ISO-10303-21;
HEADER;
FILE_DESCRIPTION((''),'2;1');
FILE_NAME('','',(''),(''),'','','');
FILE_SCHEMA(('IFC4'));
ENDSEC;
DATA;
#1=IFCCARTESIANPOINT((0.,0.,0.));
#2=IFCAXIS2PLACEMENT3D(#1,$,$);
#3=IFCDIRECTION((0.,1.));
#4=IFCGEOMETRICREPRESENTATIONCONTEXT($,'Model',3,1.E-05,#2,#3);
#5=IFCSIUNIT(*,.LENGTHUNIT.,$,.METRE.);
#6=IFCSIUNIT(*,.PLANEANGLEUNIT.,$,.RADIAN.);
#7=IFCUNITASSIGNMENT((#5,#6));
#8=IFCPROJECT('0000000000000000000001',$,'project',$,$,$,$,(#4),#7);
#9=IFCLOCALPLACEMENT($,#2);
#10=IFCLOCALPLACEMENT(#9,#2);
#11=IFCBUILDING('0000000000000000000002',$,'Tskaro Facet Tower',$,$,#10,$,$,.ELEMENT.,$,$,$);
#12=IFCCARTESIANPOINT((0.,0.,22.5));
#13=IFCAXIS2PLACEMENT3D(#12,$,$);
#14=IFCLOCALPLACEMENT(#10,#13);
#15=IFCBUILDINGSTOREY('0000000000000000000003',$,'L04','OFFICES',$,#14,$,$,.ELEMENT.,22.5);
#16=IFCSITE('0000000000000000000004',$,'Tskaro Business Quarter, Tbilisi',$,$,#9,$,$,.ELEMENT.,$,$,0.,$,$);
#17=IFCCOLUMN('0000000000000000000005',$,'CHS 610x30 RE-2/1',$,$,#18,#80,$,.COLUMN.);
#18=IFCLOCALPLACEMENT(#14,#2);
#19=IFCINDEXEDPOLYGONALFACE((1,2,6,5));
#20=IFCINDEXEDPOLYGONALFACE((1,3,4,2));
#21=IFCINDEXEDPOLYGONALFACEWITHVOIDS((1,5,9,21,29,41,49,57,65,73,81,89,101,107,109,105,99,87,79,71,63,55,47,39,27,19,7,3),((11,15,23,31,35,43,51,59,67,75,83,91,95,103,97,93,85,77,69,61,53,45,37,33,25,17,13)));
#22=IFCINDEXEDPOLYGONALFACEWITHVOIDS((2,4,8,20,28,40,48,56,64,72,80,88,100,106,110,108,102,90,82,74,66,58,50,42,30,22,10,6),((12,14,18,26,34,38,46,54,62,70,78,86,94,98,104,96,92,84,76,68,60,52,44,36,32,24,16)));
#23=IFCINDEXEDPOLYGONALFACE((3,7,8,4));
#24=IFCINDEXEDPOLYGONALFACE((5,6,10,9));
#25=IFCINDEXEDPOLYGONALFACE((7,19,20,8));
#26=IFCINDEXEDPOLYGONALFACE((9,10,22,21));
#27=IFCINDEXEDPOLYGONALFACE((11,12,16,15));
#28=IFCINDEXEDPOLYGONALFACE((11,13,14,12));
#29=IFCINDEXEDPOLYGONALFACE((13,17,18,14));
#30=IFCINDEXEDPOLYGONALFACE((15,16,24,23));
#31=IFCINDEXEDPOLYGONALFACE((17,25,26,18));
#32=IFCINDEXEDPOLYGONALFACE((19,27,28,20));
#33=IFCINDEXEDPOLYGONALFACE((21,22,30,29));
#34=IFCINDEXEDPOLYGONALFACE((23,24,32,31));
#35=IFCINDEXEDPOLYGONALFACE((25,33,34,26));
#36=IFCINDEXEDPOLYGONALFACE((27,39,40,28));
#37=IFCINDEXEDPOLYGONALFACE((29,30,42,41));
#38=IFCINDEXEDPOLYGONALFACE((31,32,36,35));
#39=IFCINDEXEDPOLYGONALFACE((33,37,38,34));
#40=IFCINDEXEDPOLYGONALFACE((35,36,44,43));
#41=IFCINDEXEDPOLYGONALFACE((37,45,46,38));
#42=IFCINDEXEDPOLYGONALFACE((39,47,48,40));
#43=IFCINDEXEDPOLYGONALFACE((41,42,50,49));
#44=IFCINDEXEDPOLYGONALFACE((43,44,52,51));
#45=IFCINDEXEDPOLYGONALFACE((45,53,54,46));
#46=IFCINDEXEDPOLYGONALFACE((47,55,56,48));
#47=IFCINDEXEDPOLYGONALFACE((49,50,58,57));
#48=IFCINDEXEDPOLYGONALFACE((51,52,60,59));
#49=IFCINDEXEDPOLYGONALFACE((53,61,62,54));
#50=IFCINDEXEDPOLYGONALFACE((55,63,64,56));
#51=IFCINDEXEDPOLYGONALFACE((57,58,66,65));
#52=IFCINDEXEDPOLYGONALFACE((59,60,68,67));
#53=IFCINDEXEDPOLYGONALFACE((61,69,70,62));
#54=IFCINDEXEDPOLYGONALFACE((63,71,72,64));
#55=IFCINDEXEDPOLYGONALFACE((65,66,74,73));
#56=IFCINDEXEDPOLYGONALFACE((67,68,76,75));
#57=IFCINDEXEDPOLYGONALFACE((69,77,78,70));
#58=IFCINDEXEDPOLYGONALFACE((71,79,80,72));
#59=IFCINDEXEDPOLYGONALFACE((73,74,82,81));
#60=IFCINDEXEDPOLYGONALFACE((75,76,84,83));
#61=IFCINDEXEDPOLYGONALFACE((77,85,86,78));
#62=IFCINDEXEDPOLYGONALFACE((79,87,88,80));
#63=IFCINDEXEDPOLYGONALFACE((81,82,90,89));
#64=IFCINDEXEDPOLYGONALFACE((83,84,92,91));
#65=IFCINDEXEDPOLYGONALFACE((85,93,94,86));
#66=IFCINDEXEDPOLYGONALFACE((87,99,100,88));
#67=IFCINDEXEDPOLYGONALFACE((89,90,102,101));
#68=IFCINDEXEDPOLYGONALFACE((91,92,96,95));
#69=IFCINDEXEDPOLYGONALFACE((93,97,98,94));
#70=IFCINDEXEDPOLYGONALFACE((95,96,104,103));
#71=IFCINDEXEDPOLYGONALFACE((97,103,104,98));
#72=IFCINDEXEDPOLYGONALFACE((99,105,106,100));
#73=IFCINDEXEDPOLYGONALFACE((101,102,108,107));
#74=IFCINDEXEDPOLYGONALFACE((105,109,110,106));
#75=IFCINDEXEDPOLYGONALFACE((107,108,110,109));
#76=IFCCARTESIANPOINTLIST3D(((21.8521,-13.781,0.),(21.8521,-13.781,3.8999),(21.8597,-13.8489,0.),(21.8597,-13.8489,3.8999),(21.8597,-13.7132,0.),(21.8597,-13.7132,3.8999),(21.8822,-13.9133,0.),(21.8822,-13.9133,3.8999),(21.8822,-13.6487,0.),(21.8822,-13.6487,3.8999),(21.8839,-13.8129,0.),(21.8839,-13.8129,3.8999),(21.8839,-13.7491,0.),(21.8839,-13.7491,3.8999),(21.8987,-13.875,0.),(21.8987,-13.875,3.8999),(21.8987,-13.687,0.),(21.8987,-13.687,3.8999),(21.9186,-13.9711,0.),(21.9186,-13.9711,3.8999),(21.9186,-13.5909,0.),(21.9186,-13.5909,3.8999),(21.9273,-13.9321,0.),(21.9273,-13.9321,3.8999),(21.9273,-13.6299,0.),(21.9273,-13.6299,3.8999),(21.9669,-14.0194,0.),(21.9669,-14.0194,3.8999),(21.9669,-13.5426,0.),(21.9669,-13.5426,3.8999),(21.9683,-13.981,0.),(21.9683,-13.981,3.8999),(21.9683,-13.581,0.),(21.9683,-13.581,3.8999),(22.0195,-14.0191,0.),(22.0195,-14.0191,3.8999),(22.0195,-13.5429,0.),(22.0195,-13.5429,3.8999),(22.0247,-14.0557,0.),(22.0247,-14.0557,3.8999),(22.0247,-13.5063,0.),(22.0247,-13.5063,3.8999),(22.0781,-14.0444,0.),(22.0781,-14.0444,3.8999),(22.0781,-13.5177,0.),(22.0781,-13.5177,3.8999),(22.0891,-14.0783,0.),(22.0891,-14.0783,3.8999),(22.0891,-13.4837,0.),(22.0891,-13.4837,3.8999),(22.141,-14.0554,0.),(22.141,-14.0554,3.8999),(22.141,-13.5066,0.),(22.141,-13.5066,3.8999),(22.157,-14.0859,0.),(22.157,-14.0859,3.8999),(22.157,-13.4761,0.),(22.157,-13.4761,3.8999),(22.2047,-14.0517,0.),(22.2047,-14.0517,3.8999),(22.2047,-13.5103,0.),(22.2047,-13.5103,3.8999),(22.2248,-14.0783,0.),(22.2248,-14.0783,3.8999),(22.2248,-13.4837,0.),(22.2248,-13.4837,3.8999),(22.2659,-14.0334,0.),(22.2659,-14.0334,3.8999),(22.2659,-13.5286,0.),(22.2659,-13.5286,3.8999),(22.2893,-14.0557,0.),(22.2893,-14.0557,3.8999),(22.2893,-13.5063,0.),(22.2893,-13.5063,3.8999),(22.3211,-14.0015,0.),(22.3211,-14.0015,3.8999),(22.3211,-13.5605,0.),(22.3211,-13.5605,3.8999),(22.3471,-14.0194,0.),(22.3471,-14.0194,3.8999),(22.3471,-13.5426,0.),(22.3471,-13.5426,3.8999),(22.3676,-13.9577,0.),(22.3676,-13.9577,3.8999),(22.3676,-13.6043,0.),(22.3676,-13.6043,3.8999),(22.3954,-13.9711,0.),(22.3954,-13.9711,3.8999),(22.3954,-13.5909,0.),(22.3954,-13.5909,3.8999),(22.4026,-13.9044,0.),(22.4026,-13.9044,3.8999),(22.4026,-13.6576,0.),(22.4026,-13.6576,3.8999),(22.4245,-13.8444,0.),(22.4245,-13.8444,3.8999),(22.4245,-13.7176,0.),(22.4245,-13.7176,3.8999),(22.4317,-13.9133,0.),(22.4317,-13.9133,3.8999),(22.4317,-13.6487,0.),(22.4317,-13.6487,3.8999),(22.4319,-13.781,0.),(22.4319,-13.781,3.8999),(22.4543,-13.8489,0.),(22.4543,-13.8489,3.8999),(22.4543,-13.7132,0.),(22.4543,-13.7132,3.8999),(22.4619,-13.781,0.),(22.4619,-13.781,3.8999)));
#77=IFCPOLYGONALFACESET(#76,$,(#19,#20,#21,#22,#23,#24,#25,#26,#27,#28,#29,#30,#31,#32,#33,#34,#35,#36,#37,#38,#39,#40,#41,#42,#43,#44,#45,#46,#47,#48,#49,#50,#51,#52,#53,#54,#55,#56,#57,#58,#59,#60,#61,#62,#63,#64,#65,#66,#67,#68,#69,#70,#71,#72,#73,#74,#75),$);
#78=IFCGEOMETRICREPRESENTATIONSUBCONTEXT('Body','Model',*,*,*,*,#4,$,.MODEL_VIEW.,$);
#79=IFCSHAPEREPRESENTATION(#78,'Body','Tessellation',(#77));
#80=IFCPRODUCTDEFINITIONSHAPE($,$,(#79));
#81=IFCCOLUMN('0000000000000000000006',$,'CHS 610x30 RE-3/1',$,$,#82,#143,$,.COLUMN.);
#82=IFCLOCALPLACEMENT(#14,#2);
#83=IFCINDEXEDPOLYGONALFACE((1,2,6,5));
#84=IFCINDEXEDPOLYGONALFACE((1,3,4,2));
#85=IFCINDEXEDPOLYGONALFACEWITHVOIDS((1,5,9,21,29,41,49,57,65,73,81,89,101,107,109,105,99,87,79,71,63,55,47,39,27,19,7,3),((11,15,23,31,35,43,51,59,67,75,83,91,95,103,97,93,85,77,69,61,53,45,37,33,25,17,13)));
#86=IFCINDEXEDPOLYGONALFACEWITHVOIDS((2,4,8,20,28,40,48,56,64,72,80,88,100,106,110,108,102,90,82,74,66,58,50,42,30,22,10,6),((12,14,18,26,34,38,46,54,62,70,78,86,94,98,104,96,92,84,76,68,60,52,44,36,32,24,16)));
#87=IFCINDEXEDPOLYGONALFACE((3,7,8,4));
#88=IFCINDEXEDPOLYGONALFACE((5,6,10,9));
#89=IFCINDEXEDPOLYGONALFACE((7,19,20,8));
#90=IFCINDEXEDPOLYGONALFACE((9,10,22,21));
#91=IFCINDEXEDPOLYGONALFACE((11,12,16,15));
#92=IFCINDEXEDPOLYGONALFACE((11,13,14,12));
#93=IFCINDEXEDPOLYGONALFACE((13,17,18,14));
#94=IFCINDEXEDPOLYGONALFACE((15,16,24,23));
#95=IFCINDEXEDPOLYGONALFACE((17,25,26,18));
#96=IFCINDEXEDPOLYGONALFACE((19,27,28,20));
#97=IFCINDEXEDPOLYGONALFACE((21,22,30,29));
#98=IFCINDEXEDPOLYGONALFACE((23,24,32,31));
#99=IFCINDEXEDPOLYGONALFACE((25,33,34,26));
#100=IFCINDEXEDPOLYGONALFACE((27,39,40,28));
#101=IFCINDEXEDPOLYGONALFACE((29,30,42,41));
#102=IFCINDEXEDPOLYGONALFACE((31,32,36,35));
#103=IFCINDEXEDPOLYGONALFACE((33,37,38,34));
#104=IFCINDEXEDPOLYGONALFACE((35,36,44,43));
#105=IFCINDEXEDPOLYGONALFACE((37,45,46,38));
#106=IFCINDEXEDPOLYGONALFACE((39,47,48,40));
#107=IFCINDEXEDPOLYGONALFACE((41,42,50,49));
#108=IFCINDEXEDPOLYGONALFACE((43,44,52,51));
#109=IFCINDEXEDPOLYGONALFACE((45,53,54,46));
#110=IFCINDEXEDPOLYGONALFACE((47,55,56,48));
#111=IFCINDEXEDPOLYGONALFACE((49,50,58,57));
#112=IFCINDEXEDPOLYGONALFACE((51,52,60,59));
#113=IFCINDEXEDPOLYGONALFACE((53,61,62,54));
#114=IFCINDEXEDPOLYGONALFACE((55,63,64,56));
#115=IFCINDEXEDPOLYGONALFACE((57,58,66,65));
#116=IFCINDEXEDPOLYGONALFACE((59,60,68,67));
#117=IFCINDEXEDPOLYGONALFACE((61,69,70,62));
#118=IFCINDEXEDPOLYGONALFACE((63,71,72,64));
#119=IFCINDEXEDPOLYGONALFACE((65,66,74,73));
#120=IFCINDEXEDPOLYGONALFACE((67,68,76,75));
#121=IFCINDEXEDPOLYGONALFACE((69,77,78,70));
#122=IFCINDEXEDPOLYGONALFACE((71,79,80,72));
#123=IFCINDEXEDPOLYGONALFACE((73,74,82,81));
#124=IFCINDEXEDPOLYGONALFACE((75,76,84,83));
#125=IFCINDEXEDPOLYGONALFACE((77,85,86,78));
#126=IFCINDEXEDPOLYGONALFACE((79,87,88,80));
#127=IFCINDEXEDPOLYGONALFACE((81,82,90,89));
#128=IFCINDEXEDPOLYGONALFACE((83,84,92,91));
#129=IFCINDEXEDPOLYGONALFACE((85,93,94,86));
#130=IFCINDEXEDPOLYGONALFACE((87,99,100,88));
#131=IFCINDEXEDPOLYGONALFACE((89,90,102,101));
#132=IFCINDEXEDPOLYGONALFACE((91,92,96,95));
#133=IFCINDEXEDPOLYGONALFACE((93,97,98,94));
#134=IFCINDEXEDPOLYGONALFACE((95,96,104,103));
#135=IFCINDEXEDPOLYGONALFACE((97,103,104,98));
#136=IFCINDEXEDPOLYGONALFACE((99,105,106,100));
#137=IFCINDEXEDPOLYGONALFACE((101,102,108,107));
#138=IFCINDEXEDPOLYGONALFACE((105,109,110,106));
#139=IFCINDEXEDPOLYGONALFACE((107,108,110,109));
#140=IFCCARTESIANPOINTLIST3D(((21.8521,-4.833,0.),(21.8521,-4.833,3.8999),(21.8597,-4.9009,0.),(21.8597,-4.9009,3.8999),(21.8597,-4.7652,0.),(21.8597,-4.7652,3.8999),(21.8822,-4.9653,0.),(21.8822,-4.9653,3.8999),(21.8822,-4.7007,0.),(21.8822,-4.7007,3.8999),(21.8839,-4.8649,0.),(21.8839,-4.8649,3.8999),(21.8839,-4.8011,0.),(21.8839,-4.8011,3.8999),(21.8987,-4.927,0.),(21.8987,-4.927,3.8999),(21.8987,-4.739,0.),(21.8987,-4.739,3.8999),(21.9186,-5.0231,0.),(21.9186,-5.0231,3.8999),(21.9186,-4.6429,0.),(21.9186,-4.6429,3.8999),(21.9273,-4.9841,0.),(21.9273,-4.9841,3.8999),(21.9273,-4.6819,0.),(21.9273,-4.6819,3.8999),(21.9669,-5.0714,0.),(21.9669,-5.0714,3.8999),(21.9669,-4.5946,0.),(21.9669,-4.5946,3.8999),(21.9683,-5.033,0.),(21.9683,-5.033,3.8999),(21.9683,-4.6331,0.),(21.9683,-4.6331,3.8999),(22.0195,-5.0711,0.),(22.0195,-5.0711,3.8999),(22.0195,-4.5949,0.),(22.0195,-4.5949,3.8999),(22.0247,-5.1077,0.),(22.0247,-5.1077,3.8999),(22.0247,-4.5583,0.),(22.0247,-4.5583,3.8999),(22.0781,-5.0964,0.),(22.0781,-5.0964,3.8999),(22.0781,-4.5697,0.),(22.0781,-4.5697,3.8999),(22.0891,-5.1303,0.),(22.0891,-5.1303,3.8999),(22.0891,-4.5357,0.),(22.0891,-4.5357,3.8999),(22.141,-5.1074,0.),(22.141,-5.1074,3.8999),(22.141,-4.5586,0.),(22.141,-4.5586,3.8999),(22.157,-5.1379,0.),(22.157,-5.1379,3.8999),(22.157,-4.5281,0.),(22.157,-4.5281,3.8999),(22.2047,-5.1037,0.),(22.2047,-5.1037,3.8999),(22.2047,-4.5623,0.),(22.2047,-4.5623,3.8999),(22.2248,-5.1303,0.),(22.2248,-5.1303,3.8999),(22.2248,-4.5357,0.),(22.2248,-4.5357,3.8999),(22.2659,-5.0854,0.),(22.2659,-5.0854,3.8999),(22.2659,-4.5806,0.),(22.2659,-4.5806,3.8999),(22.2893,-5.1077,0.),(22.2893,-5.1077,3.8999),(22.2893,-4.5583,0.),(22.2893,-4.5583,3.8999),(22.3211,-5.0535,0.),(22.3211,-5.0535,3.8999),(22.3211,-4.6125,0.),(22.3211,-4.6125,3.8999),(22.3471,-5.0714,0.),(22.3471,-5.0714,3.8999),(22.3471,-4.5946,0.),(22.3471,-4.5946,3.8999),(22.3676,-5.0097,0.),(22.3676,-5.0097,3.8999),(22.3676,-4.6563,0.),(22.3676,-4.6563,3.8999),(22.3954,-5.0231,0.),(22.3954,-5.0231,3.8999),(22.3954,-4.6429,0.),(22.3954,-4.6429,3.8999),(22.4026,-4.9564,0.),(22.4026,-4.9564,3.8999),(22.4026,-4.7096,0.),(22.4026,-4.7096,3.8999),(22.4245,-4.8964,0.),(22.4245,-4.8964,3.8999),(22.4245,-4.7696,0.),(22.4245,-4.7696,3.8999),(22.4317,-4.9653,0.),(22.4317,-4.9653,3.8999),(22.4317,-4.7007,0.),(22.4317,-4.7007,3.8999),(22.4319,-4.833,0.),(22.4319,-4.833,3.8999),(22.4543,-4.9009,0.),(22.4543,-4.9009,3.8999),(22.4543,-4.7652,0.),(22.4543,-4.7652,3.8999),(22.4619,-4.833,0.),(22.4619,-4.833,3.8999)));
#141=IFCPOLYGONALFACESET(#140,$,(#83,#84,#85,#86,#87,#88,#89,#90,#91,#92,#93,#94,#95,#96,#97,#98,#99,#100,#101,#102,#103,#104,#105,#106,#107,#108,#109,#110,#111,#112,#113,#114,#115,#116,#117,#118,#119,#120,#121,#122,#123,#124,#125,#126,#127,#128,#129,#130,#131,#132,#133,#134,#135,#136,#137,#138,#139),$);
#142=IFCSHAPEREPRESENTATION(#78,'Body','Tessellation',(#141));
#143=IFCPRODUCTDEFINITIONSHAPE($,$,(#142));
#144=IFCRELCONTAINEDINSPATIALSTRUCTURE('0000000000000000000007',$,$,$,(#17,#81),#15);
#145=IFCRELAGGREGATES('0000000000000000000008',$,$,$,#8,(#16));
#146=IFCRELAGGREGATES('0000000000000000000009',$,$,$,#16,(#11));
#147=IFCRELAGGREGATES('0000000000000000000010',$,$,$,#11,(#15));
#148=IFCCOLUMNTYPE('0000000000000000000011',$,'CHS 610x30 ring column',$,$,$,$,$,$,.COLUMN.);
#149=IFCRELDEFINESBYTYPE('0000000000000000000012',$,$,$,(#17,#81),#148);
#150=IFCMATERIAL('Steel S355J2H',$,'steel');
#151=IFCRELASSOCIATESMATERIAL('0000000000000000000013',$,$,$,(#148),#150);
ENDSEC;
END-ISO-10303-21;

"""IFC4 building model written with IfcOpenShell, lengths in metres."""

from ifc_helpers import new_model, si_unit, direction, frame, origin, origin_2d, place, context, subcontext, project, spatial, hollow_circle, extrude, material, material_profile, profile_set, type_object, element, save


model = new_model("IFC4")

# Units and contexts
model_context = context("Model", 3, precision=1e-05, world=origin(), true_north=direction((0.0, 1.0)))
body_context = subcontext(model_context, "Body", "Model", "MODEL_VIEW")
ifc_project = project(units=[si_unit("LENGTHUNIT", "METRE"), si_unit("PLANEANGLEUNIT", "RADIAN")], contexts=[model_context])

# Site, building, storey
site_placement = place(None, origin())
site = spatial("IfcSite", under=ifc_project, at=site_placement, Name="Tskaro Business Quarter, Tbilisi", CompositionType="ELEMENT", RefElevation=0.0)
building_placement = place(site_placement, origin())
building = spatial("IfcBuilding", under=site, at=building_placement, Name="Tskaro Facet Tower", CompositionType="ELEMENT")
storey_placement = place(building_placement, frame((0.0, 0.0, 22.5)))
storey = spatial("IfcBuildingStorey", under=building, at=storey_placement, Name="L04", Description="OFFICES", CompositionType="ELEMENT", Elevation=22.5)

# Columns
ifc_material_1 = material(Name="Steel S355J2H", Category="steel")
ifc_material_profile_1 = material_profile(ifc_material_1, hollow_circle(Radius=0.3049, WallThickness=0.03, at=origin_2d()), Name="CHS 610x30")
ifc_profile_set_1 = profile_set([ifc_material_profile_1], Name="Steel S355J2H")
column_type_1 = type_object("IfcColumnType", Name="CHS 610x30 ring column", PredefinedType="COLUMN", material=ifc_profile_set_1)
for number, where, z_axis, x_axis, name in (
    (1, (22.157, -13.781, 0.0), (0.0, 0.0, 1.0), (1.0, 0.0, 0.0), "CHS 610x30 RE-2/1"),
    (2, (22.157, -4.833, 0.0), (0.0, 0.0, 1.0), (1.0, 0.0, 0.0), "CHS 610x30 RE-3/1"),
):
    element("IfcColumn", number, at=place(storey_placement, frame(where, z_axis=z_axis, x_axis=x_axis)), inside=storey, type_object=column_type_1, Name=name, PredefinedType="COLUMN", context=body_context, shape_type="SweptSolid", body=[
        extrude(hollow_circle(Radius=0.3049, WallThickness=0.03, at=origin_2d()), origin(), (0.0, 0.0, 1.0), 3.8999),
    ])

save(model, "model.ifc")
